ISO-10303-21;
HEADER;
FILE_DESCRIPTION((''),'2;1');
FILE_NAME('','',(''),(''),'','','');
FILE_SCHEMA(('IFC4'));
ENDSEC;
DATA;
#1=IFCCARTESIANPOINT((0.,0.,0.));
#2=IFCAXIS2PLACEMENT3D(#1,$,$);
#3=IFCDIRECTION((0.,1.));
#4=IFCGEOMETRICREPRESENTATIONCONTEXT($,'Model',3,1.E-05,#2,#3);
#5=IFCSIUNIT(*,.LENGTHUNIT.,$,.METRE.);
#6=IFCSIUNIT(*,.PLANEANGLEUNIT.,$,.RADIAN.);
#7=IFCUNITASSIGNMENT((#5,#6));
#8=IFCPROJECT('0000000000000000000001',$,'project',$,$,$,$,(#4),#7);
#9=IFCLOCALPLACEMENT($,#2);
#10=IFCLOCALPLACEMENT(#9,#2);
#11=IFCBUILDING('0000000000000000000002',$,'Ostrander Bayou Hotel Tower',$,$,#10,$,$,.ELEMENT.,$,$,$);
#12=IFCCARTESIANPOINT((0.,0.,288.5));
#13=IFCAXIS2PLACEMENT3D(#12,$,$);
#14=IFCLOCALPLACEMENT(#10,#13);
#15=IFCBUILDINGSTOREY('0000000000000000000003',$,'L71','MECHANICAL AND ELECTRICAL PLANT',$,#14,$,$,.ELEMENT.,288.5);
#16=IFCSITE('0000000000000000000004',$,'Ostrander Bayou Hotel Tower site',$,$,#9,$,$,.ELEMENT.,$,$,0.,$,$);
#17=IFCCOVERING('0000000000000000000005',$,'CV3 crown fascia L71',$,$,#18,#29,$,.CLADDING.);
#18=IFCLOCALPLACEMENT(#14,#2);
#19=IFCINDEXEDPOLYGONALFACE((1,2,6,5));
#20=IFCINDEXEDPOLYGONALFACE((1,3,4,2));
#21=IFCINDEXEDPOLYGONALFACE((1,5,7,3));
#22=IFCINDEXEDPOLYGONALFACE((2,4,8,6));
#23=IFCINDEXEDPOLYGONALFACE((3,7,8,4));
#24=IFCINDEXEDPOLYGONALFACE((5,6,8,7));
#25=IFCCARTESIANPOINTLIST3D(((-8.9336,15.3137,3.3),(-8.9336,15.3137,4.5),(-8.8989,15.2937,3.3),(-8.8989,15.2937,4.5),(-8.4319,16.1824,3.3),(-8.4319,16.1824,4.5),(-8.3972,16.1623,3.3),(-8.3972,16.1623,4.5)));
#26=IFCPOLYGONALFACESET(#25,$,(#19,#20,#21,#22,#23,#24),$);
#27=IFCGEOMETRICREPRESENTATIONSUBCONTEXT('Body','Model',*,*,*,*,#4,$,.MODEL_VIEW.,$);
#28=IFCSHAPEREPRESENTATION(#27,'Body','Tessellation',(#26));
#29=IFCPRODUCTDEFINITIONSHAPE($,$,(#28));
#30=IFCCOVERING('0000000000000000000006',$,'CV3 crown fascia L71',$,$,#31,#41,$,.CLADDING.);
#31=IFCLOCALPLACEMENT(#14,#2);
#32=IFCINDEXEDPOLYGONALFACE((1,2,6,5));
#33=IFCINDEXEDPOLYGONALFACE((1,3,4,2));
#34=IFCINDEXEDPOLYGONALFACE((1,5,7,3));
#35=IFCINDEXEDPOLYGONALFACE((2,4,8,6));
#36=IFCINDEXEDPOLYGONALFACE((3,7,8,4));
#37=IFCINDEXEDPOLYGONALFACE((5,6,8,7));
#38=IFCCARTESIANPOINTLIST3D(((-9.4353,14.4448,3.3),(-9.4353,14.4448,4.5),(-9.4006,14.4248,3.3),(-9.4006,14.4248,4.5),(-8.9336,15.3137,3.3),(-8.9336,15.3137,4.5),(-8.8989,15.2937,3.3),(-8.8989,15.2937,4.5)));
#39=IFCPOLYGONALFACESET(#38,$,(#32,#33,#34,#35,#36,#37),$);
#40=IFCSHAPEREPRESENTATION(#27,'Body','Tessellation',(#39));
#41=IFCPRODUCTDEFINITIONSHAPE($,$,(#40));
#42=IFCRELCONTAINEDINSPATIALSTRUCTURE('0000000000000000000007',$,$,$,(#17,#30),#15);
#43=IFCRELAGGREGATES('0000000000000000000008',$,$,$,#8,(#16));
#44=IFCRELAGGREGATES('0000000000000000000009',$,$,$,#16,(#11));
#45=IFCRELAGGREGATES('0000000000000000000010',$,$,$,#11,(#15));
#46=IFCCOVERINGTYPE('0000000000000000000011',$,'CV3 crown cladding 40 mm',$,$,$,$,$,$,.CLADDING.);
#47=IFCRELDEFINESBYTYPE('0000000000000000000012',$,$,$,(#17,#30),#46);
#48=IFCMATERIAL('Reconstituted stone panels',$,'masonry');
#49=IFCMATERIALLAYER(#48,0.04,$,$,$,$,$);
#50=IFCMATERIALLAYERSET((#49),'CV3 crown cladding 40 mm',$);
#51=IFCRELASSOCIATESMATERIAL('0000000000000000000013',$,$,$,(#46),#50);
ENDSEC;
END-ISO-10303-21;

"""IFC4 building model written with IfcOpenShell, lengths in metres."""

from ifc_helpers import new_model, si_unit, direction, frame, origin, place, context, subcontext, project, spatial, polyline, outline, extrude, material, layer, layer_set, type_object, element, save


model = new_model("IFC4")

# Units and contexts
model_context = context("Model", 3, precision=1e-05, world=origin(), true_north=direction((0.0, 1.0)))
body_context = subcontext(model_context, "Body", "Model", "MODEL_VIEW")
ifc_project = project(units=[si_unit("LENGTHUNIT", "METRE"), si_unit("PLANEANGLEUNIT", "RADIAN")], contexts=[model_context])

# Site, building, storey
site_placement = place(None, origin())
site = spatial("IfcSite", under=ifc_project, at=site_placement, Name="Ostrander Bayou Hotel Tower site", CompositionType="ELEMENT", RefElevation=0.0)
building_placement = place(site_placement, origin())
building = spatial("IfcBuilding", under=site, at=building_placement, Name="Ostrander Bayou Hotel Tower", CompositionType="ELEMENT")
storey_placement = place(building_placement, frame((0.0, 0.0, 288.5)))
storey = spatial("IfcBuildingStorey", under=building, at=storey_placement, Name="L71", Description="MECHANICAL AND ELECTRICAL PLANT", CompositionType="ELEMENT", Elevation=288.5)

# Coverings
ifc_material_1 = material(Name="Reconstituted stone panels", Category="masonry")
ifc_layer_1 = layer(ifc_material_1, 0.04)
ifc_layer_set_1 = layer_set([ifc_layer_1], Name="CV3 crown cladding 40 mm")
covering_type = type_object("IfcCoveringType", Name="CV3 crown cladding 40 mm", PredefinedType="CLADDING", material=ifc_layer_set_1)
covering_1_placement = place(storey_placement, frame((-8.4319, 16.1824, 3.3), z_axis=(-0.865942, 0.500144, 0.0), x_axis=(-0.500144, -0.865942, 0.0)))
element("IfcCovering", 1, at=covering_1_placement, inside=storey, type_object=covering_type, Name="CV3 crown fascia L71", PredefinedType="CLADDING", context=body_context, shape_type="SweptSolid", body=[
    extrude(outline(polyline([(0.0, 0.0), (1.0031, 0.0), (1.0031, 1.2), (0.0, 1.2), (0.0, 0.0)])), origin(), (0.0, 0.0, -1.0), 0.04),
])
covering_2_placement = place(storey_placement, frame((-8.9336, 15.3137, 3.3), z_axis=(-0.866003, 0.500038, 0.0), x_axis=(-0.500038, -0.866003, 0.0)))
element("IfcCovering", 2, at=covering_2_placement, inside=storey, type_object=covering_type, Name="CV3 crown fascia L71", PredefinedType="CLADDING", context=body_context, shape_type="SweptSolid", body=[
    extrude(outline(polyline([(0.0, 0.0), (1.0033, 0.0), (1.0033, 1.2), (0.0, 1.2), (0.0, 0.0)])), origin(), (0.0, 0.0, -1.0), 0.04),
])

save(model, "model.ifc")
